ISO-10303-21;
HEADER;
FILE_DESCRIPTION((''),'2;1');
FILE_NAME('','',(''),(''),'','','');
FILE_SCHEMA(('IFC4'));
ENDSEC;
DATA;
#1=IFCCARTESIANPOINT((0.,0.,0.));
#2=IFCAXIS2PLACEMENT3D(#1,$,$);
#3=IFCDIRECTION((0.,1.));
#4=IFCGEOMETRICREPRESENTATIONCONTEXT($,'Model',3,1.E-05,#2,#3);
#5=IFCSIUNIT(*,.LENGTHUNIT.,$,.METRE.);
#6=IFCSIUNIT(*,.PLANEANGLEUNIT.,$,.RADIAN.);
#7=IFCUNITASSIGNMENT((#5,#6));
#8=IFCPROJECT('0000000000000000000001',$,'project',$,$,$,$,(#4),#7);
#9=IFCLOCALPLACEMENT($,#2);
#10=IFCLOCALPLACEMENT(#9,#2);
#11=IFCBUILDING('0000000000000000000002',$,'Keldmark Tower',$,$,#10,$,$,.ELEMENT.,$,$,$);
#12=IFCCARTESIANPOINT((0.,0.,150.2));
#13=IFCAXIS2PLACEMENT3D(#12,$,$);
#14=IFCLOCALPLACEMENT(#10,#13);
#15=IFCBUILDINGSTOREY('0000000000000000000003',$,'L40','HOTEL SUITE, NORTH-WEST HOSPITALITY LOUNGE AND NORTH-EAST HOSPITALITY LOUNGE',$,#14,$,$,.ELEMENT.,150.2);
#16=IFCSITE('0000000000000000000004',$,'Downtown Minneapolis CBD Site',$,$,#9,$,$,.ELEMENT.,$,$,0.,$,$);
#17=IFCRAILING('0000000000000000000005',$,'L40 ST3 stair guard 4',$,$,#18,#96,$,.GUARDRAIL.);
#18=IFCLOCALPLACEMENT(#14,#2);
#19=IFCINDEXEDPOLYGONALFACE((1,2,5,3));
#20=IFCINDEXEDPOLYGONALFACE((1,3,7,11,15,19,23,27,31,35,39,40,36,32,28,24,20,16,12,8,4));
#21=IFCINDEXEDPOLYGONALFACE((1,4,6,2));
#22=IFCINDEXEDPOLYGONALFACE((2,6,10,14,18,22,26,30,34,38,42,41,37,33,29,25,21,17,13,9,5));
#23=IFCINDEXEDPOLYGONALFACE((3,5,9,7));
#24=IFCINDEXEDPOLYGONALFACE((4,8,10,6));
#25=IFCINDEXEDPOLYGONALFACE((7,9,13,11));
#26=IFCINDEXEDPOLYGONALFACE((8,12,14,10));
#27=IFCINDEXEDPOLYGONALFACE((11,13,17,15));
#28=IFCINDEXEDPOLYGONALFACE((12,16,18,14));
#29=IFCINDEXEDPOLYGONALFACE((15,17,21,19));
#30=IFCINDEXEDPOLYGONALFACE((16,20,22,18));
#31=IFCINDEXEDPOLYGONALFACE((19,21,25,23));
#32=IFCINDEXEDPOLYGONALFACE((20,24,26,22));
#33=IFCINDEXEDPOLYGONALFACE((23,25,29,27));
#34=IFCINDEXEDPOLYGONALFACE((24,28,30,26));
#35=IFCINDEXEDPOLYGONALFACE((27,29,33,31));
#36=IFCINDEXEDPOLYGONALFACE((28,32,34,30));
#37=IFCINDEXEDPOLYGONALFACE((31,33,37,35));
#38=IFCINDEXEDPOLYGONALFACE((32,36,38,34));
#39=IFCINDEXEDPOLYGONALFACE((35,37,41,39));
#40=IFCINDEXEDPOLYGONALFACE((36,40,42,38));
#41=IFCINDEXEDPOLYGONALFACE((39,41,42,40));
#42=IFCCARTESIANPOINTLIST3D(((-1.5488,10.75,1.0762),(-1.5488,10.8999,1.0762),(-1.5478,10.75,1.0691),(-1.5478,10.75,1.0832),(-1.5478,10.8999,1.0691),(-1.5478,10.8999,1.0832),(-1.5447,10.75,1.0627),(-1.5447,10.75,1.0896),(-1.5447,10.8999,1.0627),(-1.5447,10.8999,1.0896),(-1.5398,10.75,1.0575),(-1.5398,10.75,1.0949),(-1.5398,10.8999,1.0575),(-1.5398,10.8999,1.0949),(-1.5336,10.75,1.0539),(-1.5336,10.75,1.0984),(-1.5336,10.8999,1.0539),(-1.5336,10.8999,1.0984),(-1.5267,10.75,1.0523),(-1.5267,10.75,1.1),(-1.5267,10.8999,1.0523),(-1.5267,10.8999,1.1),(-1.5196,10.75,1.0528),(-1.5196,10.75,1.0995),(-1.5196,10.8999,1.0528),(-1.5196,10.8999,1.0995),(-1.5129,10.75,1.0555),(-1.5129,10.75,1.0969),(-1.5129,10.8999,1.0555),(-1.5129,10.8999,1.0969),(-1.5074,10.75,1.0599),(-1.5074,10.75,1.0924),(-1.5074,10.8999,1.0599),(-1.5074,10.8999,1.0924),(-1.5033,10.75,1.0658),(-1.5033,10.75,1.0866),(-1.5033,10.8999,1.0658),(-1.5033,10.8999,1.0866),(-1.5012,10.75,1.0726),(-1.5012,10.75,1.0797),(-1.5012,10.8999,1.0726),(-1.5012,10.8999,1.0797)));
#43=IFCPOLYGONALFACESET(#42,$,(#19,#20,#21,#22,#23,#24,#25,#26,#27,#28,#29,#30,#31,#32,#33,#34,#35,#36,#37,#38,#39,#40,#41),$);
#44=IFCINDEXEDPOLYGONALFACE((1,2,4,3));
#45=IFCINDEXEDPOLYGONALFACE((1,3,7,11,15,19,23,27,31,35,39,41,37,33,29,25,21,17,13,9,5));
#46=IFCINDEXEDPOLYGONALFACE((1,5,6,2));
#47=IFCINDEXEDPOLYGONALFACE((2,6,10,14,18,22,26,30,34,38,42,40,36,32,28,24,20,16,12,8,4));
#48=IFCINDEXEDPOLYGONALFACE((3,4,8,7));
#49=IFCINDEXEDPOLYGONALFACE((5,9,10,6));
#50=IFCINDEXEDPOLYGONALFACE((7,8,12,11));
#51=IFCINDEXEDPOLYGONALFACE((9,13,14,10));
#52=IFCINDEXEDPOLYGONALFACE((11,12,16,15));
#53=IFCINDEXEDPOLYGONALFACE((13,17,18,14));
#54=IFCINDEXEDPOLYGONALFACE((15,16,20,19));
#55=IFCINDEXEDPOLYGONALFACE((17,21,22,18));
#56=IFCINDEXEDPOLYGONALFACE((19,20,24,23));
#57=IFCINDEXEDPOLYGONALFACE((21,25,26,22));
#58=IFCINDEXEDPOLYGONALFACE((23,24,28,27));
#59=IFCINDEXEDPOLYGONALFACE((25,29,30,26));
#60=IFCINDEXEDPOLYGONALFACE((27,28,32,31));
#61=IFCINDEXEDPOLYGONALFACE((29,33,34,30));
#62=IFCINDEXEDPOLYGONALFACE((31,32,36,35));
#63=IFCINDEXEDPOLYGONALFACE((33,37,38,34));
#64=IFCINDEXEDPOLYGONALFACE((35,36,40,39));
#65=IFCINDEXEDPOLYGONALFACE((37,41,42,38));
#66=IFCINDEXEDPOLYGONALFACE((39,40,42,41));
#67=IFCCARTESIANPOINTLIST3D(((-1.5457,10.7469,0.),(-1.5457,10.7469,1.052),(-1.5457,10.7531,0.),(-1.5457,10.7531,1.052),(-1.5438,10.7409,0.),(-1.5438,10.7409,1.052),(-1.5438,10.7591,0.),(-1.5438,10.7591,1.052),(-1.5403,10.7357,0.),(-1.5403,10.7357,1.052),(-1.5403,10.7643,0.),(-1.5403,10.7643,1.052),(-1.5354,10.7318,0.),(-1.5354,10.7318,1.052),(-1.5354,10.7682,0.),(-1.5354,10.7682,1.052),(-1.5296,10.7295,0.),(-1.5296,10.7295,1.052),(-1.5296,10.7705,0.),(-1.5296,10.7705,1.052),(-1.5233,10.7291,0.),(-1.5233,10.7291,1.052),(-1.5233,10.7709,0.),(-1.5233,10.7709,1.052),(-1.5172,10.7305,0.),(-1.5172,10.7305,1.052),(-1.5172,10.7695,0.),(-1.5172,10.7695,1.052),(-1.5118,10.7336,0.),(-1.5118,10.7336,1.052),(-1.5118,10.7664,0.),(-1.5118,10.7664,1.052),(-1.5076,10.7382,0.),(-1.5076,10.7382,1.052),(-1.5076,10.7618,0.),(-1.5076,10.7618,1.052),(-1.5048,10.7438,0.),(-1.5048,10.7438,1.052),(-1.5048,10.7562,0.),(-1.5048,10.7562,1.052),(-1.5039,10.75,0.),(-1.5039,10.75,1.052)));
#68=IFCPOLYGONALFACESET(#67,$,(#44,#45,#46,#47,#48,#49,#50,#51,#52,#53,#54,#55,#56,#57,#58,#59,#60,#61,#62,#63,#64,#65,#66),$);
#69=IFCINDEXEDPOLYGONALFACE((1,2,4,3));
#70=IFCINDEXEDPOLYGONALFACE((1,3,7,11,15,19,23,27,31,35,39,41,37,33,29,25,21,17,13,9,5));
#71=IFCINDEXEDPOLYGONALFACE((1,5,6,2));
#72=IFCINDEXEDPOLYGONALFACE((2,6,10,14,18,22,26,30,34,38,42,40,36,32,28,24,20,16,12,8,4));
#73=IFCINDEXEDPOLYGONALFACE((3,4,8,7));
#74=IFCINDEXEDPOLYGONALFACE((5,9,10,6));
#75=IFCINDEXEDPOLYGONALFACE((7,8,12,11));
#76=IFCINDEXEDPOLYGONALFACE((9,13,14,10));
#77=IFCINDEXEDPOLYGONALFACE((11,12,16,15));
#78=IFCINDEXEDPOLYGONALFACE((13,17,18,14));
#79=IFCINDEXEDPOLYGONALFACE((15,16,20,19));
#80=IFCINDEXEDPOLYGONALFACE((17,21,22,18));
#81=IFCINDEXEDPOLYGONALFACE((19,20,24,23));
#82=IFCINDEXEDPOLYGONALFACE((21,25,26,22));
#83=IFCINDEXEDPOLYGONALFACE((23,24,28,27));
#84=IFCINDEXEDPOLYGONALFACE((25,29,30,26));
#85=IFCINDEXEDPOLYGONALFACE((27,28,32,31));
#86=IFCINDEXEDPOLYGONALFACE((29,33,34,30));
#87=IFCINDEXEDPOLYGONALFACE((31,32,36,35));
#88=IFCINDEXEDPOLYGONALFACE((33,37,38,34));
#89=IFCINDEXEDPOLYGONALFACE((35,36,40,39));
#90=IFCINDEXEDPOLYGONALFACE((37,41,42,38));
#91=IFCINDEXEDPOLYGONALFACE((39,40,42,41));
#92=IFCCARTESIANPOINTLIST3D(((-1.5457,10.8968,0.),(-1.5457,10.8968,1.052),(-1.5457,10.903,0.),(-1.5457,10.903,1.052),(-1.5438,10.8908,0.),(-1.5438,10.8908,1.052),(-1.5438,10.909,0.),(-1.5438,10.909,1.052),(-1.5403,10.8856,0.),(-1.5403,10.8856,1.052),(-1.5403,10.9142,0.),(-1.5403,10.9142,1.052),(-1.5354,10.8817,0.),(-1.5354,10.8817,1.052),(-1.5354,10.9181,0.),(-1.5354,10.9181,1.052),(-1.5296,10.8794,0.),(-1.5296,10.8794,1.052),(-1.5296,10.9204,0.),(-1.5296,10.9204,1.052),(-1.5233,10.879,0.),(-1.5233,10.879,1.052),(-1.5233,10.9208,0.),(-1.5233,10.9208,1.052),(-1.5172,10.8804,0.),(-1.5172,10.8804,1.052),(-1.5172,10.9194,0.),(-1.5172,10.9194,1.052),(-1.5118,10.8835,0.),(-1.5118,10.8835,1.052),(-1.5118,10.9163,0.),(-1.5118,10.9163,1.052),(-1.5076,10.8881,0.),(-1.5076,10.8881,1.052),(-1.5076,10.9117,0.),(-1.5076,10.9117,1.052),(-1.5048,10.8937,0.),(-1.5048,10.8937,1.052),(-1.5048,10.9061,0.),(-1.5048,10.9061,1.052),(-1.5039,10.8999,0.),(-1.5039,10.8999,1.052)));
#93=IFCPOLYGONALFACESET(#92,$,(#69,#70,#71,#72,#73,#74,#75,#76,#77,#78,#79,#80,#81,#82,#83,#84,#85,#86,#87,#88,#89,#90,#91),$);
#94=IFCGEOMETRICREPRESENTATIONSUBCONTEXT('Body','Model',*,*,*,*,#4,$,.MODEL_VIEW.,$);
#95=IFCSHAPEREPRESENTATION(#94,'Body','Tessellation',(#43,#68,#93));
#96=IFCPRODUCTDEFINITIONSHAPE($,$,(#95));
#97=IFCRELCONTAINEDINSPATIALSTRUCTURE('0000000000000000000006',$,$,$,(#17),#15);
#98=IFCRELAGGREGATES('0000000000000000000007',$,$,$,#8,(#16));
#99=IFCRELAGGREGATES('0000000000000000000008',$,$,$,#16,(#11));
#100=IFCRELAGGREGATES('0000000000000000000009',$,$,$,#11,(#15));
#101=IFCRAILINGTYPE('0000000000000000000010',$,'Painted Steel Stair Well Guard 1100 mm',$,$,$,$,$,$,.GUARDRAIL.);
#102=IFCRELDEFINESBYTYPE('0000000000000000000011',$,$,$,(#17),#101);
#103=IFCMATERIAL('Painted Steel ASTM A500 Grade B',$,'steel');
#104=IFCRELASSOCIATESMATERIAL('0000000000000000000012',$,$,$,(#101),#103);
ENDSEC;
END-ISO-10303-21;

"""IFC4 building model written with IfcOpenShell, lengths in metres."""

from ifc_helpers import new_model, si_unit, direction, frame, origin, origin_2d, place, context, subcontext, project, spatial, circle, extrude, material, type_object, element, save


model = new_model("IFC4")

# Units and contexts
model_context = context("Model", 3, precision=1e-05, world=origin(), true_north=direction((0.0, 1.0)))
body_context = subcontext(model_context, "Body", "Model", "MODEL_VIEW")
ifc_project = project(units=[si_unit("LENGTHUNIT", "METRE"), si_unit("PLANEANGLEUNIT", "RADIAN")], contexts=[model_context])

# Site, building, storey
site_placement = place(None, origin())
site = spatial("IfcSite", under=ifc_project, at=site_placement, Name="Downtown Minneapolis CBD Site", CompositionType="ELEMENT", RefElevation=0.0)
building_placement = place(site_placement, origin())
building = spatial("IfcBuilding", under=site, at=building_placement, Name="Keldmark Tower", CompositionType="ELEMENT")
storey_placement = place(building_placement, frame((0.0, 0.0, 150.2)))
storey = spatial("IfcBuildingStorey", under=building, at=storey_placement, Name="L40", Description="HOTEL SUITE, NORTH-WEST HOSPITALITY LOUNGE AND NORTH-EAST HOSPITALITY LOUNGE", CompositionType="ELEMENT", Elevation=150.2)

# Railing
ifc_material_1 = material(Name="Painted Steel ASTM A500 Grade B", Category="steel")
railing_type = type_object("IfcRailingType", Name="Painted Steel Stair Well Guard 1100 mm", PredefinedType="GUARDRAIL", material=ifc_material_1)
railing_1_placement = place(storey_placement, frame((-1.5249, 10.75, 0.0)))
element("IfcRailing", 1, at=railing_1_placement, inside=storey, type_object=railing_type, Name="L40 ST3 stair guard 4", PredefinedType="GUARDRAIL", context=body_context, shape_type="SweptSolid", body=[
    extrude(circle(Radius=0.0239, at=origin_2d()), frame((0.0, 0.0, 1.0762), z_axis=(0.0, 1.0, 0.0), x_axis=(-1.0, 0.0, 0.0)), (0.0, 0.0, 1.0), 0.1499),
    extrude(circle(Radius=0.021, at=origin_2d()), origin(), (0.0, 0.0, 1.0), 1.052),
    extrude(circle(Radius=0.021, at=origin_2d()), frame((0.0, 0.1499, 0.0)), (0.0, 0.0, 1.0), 1.052),
])

save(model, "model.ifc")
